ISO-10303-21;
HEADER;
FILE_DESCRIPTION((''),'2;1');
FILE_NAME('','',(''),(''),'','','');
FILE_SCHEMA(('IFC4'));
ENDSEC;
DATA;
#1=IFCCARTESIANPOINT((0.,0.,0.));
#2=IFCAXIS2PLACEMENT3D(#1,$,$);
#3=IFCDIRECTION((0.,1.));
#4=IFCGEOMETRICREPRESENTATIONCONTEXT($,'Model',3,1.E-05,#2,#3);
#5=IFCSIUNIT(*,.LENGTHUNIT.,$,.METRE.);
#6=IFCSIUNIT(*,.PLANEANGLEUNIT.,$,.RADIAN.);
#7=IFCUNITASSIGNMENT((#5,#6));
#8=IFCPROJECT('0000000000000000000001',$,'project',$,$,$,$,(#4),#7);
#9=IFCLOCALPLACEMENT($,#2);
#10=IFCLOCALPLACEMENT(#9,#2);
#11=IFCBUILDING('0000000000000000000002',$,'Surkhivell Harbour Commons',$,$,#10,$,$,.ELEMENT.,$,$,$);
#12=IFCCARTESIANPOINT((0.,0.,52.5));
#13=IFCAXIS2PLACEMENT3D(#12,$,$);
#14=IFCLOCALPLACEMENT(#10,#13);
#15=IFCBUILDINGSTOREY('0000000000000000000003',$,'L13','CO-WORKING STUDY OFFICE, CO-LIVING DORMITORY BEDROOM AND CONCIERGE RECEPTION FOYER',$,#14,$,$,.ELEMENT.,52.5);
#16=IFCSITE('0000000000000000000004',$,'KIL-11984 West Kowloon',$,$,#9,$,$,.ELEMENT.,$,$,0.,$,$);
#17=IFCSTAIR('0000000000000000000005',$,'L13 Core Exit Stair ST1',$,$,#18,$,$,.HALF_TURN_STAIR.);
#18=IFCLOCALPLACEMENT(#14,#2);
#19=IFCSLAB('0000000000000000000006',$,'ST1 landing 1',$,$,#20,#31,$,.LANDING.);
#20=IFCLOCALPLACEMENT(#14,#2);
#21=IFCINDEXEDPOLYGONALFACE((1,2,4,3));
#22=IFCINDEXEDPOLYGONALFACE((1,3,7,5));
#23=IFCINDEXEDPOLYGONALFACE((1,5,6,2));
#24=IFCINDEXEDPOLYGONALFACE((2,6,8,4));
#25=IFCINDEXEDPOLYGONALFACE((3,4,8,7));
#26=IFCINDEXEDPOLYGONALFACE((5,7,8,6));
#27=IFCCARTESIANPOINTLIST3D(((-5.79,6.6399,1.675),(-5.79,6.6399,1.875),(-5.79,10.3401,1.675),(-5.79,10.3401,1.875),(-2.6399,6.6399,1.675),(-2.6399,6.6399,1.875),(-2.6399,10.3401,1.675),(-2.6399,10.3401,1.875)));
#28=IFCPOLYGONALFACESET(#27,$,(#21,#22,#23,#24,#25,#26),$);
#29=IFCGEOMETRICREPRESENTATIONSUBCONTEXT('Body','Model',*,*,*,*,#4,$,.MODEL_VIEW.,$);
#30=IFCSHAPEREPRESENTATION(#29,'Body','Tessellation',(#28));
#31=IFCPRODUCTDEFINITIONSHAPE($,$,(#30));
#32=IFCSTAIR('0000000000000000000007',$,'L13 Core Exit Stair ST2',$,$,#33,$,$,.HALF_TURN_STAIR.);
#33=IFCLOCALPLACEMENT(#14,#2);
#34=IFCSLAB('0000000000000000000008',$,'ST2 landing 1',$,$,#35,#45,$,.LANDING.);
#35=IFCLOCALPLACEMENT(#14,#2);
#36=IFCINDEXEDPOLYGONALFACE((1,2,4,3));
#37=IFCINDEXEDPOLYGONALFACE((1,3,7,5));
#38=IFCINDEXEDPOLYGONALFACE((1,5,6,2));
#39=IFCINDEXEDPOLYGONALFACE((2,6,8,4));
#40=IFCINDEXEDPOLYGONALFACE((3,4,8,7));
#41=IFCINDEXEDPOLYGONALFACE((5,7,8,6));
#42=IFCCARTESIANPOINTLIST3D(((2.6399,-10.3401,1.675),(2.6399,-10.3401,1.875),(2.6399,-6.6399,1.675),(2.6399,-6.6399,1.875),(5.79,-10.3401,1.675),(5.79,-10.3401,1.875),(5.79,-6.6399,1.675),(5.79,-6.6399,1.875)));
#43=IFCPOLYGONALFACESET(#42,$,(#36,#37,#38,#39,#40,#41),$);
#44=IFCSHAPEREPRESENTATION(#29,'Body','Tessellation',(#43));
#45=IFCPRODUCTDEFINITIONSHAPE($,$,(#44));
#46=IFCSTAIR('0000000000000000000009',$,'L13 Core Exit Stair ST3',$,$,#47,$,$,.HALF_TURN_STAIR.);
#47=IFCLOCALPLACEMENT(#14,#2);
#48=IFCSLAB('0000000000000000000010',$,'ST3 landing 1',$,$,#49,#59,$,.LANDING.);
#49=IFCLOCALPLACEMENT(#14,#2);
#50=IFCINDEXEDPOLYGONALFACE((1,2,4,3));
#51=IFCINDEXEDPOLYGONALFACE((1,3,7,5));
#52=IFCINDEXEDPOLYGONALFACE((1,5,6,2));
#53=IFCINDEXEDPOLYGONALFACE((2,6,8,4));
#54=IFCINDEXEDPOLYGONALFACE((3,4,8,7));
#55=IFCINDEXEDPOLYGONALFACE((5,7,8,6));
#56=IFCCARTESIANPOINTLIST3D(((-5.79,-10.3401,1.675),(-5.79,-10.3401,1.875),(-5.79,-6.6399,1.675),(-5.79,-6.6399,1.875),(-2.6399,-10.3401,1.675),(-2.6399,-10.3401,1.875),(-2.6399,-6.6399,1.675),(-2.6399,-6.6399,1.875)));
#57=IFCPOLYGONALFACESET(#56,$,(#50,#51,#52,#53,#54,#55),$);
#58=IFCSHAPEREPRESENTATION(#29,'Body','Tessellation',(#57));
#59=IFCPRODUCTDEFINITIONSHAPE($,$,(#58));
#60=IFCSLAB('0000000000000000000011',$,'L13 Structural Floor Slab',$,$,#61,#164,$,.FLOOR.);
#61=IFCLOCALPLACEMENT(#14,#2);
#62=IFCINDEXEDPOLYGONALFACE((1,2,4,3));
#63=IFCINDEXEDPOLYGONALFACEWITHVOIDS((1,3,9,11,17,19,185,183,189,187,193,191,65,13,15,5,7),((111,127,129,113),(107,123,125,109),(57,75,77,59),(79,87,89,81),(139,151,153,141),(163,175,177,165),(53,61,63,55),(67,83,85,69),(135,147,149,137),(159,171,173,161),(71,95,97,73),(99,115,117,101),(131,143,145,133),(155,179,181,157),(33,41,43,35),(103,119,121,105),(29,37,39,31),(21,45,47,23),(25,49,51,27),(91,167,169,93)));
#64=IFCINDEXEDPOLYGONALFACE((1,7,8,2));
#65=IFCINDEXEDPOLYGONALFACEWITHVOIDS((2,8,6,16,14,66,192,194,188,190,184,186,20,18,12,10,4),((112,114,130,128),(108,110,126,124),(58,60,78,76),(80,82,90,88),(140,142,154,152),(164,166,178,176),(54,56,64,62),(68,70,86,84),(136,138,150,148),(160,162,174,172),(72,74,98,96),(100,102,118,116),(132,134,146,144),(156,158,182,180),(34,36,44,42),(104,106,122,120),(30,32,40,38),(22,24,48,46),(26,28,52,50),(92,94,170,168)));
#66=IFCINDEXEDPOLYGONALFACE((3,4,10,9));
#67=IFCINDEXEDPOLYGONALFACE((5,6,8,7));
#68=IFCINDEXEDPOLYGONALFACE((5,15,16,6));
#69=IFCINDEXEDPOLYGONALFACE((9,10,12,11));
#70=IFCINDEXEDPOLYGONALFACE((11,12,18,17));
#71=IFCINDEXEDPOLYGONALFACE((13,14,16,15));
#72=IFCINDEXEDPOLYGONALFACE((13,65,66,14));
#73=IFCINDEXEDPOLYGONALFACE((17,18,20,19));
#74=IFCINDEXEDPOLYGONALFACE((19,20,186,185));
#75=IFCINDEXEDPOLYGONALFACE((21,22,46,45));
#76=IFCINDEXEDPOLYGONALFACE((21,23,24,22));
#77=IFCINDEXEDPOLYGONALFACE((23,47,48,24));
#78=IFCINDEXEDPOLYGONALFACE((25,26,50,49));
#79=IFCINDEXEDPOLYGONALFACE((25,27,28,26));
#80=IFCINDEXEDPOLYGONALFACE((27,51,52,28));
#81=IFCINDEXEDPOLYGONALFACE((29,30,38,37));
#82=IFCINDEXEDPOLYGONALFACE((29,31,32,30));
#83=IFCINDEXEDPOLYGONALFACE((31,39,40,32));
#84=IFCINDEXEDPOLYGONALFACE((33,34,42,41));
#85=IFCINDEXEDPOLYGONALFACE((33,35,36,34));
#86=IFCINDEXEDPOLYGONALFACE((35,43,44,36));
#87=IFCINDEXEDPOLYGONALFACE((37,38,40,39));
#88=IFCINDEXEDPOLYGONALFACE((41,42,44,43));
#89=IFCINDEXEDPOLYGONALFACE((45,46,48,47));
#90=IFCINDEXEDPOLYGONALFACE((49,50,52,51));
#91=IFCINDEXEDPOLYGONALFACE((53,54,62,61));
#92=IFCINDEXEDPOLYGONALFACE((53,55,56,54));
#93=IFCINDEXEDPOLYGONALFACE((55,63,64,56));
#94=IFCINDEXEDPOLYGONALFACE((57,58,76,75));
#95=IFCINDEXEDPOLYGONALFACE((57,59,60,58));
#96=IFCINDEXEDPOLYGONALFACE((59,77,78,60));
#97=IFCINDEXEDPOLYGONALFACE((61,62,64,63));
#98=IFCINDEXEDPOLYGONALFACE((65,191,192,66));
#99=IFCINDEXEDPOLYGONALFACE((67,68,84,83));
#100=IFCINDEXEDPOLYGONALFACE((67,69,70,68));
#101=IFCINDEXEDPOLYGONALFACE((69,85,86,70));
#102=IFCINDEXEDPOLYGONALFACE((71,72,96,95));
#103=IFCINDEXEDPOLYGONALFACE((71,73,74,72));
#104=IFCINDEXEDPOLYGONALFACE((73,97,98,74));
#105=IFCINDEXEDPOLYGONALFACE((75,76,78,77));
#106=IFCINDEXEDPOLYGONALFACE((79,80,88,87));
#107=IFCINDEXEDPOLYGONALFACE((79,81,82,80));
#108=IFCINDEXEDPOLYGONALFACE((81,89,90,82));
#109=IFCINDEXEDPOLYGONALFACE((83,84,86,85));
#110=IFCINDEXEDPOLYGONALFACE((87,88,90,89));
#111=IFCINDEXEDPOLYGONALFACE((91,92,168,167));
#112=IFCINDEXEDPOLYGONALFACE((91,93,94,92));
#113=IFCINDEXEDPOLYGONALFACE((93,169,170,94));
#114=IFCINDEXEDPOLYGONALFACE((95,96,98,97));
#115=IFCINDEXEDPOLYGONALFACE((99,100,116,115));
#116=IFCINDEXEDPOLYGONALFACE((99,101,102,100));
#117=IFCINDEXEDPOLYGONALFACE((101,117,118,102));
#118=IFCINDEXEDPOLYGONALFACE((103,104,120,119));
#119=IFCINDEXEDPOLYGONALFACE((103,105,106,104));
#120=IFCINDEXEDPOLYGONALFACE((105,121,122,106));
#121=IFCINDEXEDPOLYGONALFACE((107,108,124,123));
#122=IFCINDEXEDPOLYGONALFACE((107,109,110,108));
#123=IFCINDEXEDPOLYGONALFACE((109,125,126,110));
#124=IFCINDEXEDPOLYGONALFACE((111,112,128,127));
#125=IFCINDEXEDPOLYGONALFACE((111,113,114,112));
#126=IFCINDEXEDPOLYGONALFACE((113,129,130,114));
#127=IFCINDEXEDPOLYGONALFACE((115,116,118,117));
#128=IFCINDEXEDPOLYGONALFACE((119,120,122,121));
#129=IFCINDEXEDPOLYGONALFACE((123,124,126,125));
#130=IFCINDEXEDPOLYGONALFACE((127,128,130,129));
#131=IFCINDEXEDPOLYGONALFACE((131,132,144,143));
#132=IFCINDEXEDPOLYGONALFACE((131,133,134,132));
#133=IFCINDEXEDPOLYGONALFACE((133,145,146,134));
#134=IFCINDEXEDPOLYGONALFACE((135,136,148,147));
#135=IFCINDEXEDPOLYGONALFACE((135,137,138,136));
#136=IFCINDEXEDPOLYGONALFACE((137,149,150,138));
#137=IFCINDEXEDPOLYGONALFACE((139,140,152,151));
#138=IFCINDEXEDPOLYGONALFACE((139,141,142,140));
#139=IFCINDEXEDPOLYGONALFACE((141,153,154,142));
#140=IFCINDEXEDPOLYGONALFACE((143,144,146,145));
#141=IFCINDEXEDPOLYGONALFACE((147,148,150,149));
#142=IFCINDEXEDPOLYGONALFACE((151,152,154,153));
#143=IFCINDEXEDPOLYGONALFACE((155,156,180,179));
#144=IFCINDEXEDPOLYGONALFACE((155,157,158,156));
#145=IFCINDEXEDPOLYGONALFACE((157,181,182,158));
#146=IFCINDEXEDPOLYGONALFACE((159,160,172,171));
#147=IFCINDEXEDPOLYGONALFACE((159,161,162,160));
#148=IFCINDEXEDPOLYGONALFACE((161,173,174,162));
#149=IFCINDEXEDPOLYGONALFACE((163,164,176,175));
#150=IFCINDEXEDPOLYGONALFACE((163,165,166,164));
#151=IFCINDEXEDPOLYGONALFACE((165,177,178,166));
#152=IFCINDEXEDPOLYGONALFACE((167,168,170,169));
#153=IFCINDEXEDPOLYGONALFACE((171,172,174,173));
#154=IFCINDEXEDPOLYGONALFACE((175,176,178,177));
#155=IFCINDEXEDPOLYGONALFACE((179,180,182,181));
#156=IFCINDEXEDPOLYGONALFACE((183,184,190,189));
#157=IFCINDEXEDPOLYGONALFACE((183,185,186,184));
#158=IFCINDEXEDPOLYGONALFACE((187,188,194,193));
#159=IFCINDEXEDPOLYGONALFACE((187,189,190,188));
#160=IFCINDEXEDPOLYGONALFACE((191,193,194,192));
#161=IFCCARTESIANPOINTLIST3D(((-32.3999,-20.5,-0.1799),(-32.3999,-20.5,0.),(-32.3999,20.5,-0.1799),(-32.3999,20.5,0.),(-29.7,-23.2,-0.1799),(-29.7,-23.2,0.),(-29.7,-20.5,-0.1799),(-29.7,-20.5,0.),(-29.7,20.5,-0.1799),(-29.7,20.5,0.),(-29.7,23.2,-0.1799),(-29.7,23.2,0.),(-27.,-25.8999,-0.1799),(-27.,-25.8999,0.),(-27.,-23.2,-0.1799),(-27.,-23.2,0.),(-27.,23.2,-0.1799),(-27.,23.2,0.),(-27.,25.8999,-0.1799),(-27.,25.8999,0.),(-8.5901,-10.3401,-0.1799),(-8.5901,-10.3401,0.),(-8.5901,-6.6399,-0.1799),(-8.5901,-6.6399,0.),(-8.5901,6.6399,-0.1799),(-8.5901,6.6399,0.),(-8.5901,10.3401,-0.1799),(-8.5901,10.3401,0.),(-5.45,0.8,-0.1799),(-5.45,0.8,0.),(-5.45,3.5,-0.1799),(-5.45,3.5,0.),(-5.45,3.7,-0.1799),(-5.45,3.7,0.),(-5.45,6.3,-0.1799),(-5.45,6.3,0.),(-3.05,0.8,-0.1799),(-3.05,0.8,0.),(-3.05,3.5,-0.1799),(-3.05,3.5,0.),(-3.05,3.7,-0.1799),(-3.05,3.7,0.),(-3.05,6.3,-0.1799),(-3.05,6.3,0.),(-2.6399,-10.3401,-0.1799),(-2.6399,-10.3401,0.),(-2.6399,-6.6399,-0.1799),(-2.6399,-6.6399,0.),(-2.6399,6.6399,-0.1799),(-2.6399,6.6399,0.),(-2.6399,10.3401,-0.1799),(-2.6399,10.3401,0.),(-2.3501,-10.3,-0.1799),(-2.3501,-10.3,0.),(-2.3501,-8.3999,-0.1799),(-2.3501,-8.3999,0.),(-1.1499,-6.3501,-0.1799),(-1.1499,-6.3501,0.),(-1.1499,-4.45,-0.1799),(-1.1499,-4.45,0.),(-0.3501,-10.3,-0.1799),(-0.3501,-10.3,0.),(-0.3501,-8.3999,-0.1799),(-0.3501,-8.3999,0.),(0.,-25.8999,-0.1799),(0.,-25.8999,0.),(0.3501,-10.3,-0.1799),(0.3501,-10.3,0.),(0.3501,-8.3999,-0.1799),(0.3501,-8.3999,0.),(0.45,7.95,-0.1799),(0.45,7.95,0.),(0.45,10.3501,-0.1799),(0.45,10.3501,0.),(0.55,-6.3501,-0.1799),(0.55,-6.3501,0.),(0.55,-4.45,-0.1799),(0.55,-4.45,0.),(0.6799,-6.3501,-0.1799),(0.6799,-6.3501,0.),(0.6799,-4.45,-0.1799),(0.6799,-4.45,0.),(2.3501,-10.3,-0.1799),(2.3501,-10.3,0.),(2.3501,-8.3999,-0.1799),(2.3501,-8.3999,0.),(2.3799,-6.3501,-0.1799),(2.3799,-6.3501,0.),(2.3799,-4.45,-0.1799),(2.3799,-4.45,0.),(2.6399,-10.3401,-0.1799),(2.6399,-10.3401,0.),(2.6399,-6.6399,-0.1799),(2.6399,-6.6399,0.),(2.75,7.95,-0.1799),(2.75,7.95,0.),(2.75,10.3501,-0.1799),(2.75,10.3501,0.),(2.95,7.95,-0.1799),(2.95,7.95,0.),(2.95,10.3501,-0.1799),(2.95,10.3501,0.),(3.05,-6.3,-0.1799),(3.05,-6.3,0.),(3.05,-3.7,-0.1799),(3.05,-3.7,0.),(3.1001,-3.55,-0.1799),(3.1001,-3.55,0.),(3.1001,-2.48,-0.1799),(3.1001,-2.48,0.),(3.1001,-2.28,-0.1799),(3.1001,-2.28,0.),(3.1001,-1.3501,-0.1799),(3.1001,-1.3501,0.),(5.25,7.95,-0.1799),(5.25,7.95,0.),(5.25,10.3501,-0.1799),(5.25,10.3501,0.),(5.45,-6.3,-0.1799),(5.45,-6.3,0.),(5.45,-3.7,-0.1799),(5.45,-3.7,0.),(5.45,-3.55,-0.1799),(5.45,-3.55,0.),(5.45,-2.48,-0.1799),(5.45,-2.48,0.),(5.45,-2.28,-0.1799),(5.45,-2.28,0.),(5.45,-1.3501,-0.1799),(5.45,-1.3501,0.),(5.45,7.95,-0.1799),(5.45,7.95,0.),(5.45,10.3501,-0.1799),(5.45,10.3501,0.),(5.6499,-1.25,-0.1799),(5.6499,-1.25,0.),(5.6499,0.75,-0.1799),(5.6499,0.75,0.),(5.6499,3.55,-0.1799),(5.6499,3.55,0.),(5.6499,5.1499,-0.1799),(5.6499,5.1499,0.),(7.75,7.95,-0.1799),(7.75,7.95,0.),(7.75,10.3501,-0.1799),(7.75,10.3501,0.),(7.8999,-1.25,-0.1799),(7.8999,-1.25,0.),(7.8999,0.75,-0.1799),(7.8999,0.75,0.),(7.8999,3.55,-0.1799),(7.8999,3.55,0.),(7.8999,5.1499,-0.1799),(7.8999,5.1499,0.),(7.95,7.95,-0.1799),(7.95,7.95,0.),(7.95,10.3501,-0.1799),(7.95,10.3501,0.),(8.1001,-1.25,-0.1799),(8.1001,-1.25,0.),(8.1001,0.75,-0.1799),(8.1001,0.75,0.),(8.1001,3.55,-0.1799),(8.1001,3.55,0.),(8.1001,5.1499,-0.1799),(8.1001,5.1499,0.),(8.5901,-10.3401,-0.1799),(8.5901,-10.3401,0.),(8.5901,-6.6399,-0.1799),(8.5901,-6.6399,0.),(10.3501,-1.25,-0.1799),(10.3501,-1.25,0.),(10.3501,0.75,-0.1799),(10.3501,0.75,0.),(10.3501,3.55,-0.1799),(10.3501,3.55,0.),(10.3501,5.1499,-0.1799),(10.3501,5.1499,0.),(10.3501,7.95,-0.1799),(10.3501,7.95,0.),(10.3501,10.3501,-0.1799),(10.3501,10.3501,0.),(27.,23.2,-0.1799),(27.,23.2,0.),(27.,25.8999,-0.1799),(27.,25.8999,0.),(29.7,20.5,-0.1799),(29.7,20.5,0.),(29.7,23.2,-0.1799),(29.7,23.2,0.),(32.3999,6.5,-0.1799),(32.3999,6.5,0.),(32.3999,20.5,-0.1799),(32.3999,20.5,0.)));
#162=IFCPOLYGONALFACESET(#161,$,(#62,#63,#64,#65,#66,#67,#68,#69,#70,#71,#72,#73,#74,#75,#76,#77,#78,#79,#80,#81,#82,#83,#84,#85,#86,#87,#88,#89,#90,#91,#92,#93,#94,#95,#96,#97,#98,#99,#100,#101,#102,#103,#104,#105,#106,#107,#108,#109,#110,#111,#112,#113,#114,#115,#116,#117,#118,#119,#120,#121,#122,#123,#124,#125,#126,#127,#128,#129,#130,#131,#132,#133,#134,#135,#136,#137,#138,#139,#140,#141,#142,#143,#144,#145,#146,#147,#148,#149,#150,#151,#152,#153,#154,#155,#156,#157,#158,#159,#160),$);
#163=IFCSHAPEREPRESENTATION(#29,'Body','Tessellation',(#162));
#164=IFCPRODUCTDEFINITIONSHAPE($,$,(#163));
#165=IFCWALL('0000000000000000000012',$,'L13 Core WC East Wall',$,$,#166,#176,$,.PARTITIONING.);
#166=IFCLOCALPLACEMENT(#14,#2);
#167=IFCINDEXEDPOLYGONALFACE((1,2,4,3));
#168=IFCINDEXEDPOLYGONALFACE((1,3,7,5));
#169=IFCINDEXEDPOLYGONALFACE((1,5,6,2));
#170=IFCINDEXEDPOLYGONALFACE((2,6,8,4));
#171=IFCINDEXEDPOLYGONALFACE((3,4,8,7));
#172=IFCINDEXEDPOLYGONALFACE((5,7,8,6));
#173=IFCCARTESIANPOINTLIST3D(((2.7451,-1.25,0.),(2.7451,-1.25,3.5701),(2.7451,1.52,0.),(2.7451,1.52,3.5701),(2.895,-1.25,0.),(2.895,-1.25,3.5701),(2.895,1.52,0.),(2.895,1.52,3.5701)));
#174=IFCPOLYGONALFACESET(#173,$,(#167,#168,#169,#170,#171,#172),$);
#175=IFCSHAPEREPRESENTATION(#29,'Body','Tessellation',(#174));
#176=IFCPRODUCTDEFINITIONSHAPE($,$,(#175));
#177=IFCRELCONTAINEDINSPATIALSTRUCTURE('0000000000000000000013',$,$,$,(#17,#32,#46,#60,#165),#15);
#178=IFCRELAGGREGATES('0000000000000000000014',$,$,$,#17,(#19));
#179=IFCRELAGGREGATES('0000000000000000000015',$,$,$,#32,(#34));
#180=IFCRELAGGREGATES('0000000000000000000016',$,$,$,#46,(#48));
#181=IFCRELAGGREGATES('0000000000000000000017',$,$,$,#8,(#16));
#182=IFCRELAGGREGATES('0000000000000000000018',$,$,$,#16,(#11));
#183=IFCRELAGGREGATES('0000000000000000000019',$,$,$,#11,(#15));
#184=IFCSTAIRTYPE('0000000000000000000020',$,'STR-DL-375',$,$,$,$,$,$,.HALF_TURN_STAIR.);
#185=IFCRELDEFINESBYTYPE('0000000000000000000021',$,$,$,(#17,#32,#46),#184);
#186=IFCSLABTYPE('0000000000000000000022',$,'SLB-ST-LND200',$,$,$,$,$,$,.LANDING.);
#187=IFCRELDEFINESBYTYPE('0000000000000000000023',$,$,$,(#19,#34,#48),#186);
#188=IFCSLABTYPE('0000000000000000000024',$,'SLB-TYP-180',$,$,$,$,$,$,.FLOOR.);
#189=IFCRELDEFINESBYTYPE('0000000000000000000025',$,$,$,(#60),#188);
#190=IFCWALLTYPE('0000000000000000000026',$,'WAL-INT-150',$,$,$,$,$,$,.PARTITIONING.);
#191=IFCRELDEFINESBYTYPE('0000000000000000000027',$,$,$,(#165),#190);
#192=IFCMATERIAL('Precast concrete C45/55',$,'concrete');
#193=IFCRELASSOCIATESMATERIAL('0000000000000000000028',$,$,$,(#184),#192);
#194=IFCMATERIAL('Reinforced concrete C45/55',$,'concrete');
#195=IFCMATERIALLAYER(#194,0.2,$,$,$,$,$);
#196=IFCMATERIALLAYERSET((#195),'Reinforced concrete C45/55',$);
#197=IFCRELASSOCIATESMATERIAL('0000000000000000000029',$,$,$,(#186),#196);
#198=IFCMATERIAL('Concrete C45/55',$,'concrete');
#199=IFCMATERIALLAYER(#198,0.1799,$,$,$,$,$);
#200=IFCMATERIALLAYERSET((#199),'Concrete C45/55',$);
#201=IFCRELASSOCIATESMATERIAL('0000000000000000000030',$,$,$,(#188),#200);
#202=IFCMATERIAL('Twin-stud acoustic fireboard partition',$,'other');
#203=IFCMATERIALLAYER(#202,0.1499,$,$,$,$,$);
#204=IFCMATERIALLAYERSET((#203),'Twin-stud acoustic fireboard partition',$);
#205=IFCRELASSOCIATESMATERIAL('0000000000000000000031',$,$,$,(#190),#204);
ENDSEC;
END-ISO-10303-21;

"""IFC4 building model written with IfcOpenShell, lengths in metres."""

from ifc_helpers import new_model, si_unit, direction, frame, frame_2d, origin, place, context, subcontext, project, spatial, polyline, rectangle, outline, extrude, material, layer, layer_set, type_object, element, aggregate, save


model = new_model("IFC4")

# Units and contexts
model_context = context("Model", 3, precision=1e-05, world=origin(), true_north=direction((0.0, 1.0)))
body_context = subcontext(model_context, "Body", "Model", "MODEL_VIEW")
ifc_project = project(units=[si_unit("LENGTHUNIT", "METRE"), si_unit("PLANEANGLEUNIT", "RADIAN")], contexts=[model_context])

# Site, building, storey
site_placement = place(None, origin())
site = spatial("IfcSite", under=ifc_project, at=site_placement, Name="KIL-11984 West Kowloon", CompositionType="ELEMENT", RefElevation=0.0)
building_placement = place(site_placement, origin())
building = spatial("IfcBuilding", under=site, at=building_placement, Name="Surkhivell Harbour Commons", CompositionType="ELEMENT")
storey_placement = place(building_placement, frame((0.0, 0.0, 52.5)))
storey = spatial("IfcBuildingStorey", under=building, at=storey_placement, Name="L13", Description="CO-WORKING STUDY OFFICE, CO-LIVING DORMITORY BEDROOM AND CONCIERGE RECEPTION FOYER", CompositionType="ELEMENT", Elevation=52.5)

# Stairs, slabs
ifc_material_1 = material(Name="Precast concrete C45/55", Category="concrete")
stair_type = type_object("IfcStairType", Name="STR-DL-375", PredefinedType="HALF_TURN_STAIR", material=ifc_material_1)
stair_1_placement = place(storey_placement, origin())
stair_1 = element("IfcStair", 1, at=stair_1_placement, inside=storey, type_object=stair_type, Name="L13 Core Exit Stair ST1", PredefinedType="HALF_TURN_STAIR")
ifc_material_2 = material(Name="Reinforced concrete C45/55", Category="concrete")
ifc_layer_1 = layer(ifc_material_2, 0.2)
ifc_layer_set_1 = layer_set([ifc_layer_1], Name="Reinforced concrete C45/55")
slab_type_1 = type_object("IfcSlabType", Name="SLB-ST-LND200", PredefinedType="LANDING", material=ifc_layer_set_1)
slab_1_placement = place(storey_placement, frame((0.0, 0.0, 1.675)))
slab_1 = element("IfcSlab", 2, at=slab_1_placement, type_object=slab_type_1, Name="ST1 landing 1", PredefinedType="LANDING", context=body_context, shape_type="SweptSolid", body=[
    extrude(outline(polyline([(-5.79, 6.6399), (-2.6399, 6.6399), (-2.6399, 10.3401), (-5.79, 10.3401), (-5.79, 6.6399)])), origin(), (0.0, 0.0, 1.0), 0.2),
])
aggregate(stair_1, [slab_1])
stair_2_placement = place(storey_placement, origin())
stair_2 = element("IfcStair", 3, at=stair_2_placement, inside=storey, type_object=stair_type, Name="L13 Core Exit Stair ST2", PredefinedType="HALF_TURN_STAIR")
slab_2_placement = place(storey_placement, frame((0.0, 0.0, 1.675)))
slab_2 = element("IfcSlab", 4, at=slab_2_placement, type_object=slab_type_1, Name="ST2 landing 1", PredefinedType="LANDING", context=body_context, shape_type="SweptSolid", body=[
    extrude(outline(polyline([(5.79, -6.6399), (2.6399, -6.6399), (2.6399, -10.3401), (5.79, -10.3401), (5.79, -6.6399)])), origin(), (0.0, 0.0, 1.0), 0.2),
])
aggregate(stair_2, [slab_2])
stair_3_placement = place(storey_placement, origin())
stair_3 = element("IfcStair", 5, at=stair_3_placement, inside=storey, type_object=stair_type, Name="L13 Core Exit Stair ST3", PredefinedType="HALF_TURN_STAIR")
slab_3_placement = place(storey_placement, frame((0.0, 0.0, 1.675)))
slab_3 = element("IfcSlab", 6, at=slab_3_placement, type_object=slab_type_1, Name="ST3 landing 1", PredefinedType="LANDING", context=body_context, shape_type="SweptSolid", body=[
    extrude(outline(polyline([(-5.79, -10.3401), (-2.6399, -10.3401), (-2.6399, -6.6399), (-5.79, -6.6399), (-5.79, -10.3401)])), origin(), (0.0, 0.0, 1.0), 0.2),
])
aggregate(stair_3, [slab_3])

# Slab
ifc_material_3 = material(Name="Concrete C45/55", Category="concrete")
ifc_layer_2 = layer(ifc_material_3, 0.1799)
ifc_layer_set_2 = layer_set([ifc_layer_2], Name="Concrete C45/55")
slab_type_2 = type_object("IfcSlabType", Name="SLB-TYP-180", PredefinedType="FLOOR", material=ifc_layer_set_2)
slab_4_placement = place(storey_placement, frame((0.0, 0.0, -0.1799)))
element("IfcSlab", 7, at=slab_4_placement, inside=storey, type_object=slab_type_2, Name="L13 Structural Floor Slab", PredefinedType="FLOOR", context=body_context, shape_type="SweptSolid", body=[
    extrude(outline(polyline([(-27.0, -25.8999), (0.0, -25.8999), (32.3999, 6.5), (32.3999, 20.5), (29.7, 20.5), (29.7, 23.2), (27.0, 23.2), (27.0, 25.8999), (-27.0, 25.8999), (-27.0, 23.2), (-29.7, 23.2), (-29.7, 20.5), (-32.3999, 20.5), (-32.3999, -20.5), (-29.7, -20.5), (-29.7, -23.2), (-27.0, -23.2), (-27.0, -25.8999)]), holes=[polyline([(-8.5901, 6.6399), (-2.6399, 6.6399), (-2.6399, 10.3401), (-8.5901, 10.3401), (-8.5901, 6.6399)]), polyline([(8.5901, -6.6399), (2.6399, -6.6399), (2.6399, -10.3401), (8.5901, -10.3401), (8.5901, -6.6399)]), polyline([(-8.5901, -10.3401), (-2.6399, -10.3401), (-2.6399, -6.6399), (-8.5901, -6.6399), (-8.5901, -10.3401)]), polyline([(0.45, 7.95), (2.75, 7.95), (2.75, 10.3501), (0.45, 10.3501), (0.45, 7.95)]), polyline([(2.95, 7.95), (5.25, 7.95), (5.25, 10.3501), (2.95, 10.3501), (2.95, 7.95)]), polyline([(5.45, 7.95), (7.75, 7.95), (7.75, 10.3501), (5.45, 10.3501), (5.45, 7.95)]), polyline([(7.95, 7.95), (10.3501, 7.95), (10.3501, 10.3501), (7.95, 10.3501), (7.95, 7.95)]), polyline([(5.6499, 3.55), (7.8999, 3.55), (7.8999, 5.1499), (5.6499, 5.1499), (5.6499, 3.55)]), polyline([(8.1001, 3.55), (10.3501, 3.55), (10.3501, 5.1499), (8.1001, 5.1499), (8.1001, 3.55)]), polyline([(5.6499, -1.25), (7.8999, -1.25), (7.8999, 0.75), (5.6499, 0.75), (5.6499, -1.25)]), polyline([(8.1001, -1.25), (10.3501, -1.25), (10.3501, 0.75), (8.1001, 0.75), (8.1001, -1.25)]), polyline([(-1.1499, -6.3501), (0.55, -6.3501), (0.55, -4.45), (-1.1499, -4.45), (-1.1499, -6.3501)]), polyline([(0.6799, -6.3501), (2.3799, -6.3501), (2.3799, -4.45), (0.6799, -4.45), (0.6799, -6.3501)]), polyline([(-2.3501, -10.3), (-0.3501, -10.3), (-0.3501, -8.3999), (-2.3501, -8.3999), (-2.3501, -10.3)]), polyline([(0.3501, -10.3), (2.3501, -10.3), (2.3501, -8.3999), (0.3501, -8.3999), (0.3501, -10.3)]), polyline([(-5.45, 3.7), (-3.05, 3.7), (-3.05, 6.3), (-5.45, 6.3), (-5.45, 3.7)]), polyline([(3.05, -6.3), (5.45, -6.3), (5.45, -3.7), (3.05, -3.7), (3.05, -6.3)]), polyline([(-5.45, 0.8), (-3.05, 0.8), (-3.05, 3.5), (-5.45, 3.5), (-5.45, 0.8)]), polyline([(3.1001, -3.55), (5.45, -3.55), (5.45, -2.48), (3.1001, -2.48), (3.1001, -3.55)]), polyline([(3.1001, -2.28), (5.45, -2.28), (5.45, -1.3501), (3.1001, -1.3501), (3.1001, -2.28)])]), origin(), (0.0, 0.0, 1.0), 0.1799),
])

# Wall
ifc_material_4 = material(Name="Twin-stud acoustic fireboard partition", Category="other")
ifc_layer_3 = layer(ifc_material_4, 0.1499)
ifc_layer_set_3 = layer_set([ifc_layer_3], Name="Twin-stud acoustic fireboard partition")
wall_type_1 = type_object("IfcWallType", Name="WAL-INT-150", PredefinedType="PARTITIONING", material=ifc_layer_set_3)
wall_1_placement = place(storey_placement, frame((2.8201, -1.25, 0.0), z_axis=(0.0, 0.0, 1.0), x_axis=(0.0, 1.0, 0.0)))
element("IfcWall", 8, at=wall_1_placement, inside=storey, type_object=wall_type_1, Name="L13 Core WC East Wall", PredefinedType="PARTITIONING", context=body_context, shape_type="SweptSolid", body=[
    extrude(rectangle(XDim=2.77, YDim=0.1499, at=frame_2d((1.385, 0.0))), origin(), (0.0, 0.0, 1.0), 3.5701),
])

save(model, "model.ifc")
